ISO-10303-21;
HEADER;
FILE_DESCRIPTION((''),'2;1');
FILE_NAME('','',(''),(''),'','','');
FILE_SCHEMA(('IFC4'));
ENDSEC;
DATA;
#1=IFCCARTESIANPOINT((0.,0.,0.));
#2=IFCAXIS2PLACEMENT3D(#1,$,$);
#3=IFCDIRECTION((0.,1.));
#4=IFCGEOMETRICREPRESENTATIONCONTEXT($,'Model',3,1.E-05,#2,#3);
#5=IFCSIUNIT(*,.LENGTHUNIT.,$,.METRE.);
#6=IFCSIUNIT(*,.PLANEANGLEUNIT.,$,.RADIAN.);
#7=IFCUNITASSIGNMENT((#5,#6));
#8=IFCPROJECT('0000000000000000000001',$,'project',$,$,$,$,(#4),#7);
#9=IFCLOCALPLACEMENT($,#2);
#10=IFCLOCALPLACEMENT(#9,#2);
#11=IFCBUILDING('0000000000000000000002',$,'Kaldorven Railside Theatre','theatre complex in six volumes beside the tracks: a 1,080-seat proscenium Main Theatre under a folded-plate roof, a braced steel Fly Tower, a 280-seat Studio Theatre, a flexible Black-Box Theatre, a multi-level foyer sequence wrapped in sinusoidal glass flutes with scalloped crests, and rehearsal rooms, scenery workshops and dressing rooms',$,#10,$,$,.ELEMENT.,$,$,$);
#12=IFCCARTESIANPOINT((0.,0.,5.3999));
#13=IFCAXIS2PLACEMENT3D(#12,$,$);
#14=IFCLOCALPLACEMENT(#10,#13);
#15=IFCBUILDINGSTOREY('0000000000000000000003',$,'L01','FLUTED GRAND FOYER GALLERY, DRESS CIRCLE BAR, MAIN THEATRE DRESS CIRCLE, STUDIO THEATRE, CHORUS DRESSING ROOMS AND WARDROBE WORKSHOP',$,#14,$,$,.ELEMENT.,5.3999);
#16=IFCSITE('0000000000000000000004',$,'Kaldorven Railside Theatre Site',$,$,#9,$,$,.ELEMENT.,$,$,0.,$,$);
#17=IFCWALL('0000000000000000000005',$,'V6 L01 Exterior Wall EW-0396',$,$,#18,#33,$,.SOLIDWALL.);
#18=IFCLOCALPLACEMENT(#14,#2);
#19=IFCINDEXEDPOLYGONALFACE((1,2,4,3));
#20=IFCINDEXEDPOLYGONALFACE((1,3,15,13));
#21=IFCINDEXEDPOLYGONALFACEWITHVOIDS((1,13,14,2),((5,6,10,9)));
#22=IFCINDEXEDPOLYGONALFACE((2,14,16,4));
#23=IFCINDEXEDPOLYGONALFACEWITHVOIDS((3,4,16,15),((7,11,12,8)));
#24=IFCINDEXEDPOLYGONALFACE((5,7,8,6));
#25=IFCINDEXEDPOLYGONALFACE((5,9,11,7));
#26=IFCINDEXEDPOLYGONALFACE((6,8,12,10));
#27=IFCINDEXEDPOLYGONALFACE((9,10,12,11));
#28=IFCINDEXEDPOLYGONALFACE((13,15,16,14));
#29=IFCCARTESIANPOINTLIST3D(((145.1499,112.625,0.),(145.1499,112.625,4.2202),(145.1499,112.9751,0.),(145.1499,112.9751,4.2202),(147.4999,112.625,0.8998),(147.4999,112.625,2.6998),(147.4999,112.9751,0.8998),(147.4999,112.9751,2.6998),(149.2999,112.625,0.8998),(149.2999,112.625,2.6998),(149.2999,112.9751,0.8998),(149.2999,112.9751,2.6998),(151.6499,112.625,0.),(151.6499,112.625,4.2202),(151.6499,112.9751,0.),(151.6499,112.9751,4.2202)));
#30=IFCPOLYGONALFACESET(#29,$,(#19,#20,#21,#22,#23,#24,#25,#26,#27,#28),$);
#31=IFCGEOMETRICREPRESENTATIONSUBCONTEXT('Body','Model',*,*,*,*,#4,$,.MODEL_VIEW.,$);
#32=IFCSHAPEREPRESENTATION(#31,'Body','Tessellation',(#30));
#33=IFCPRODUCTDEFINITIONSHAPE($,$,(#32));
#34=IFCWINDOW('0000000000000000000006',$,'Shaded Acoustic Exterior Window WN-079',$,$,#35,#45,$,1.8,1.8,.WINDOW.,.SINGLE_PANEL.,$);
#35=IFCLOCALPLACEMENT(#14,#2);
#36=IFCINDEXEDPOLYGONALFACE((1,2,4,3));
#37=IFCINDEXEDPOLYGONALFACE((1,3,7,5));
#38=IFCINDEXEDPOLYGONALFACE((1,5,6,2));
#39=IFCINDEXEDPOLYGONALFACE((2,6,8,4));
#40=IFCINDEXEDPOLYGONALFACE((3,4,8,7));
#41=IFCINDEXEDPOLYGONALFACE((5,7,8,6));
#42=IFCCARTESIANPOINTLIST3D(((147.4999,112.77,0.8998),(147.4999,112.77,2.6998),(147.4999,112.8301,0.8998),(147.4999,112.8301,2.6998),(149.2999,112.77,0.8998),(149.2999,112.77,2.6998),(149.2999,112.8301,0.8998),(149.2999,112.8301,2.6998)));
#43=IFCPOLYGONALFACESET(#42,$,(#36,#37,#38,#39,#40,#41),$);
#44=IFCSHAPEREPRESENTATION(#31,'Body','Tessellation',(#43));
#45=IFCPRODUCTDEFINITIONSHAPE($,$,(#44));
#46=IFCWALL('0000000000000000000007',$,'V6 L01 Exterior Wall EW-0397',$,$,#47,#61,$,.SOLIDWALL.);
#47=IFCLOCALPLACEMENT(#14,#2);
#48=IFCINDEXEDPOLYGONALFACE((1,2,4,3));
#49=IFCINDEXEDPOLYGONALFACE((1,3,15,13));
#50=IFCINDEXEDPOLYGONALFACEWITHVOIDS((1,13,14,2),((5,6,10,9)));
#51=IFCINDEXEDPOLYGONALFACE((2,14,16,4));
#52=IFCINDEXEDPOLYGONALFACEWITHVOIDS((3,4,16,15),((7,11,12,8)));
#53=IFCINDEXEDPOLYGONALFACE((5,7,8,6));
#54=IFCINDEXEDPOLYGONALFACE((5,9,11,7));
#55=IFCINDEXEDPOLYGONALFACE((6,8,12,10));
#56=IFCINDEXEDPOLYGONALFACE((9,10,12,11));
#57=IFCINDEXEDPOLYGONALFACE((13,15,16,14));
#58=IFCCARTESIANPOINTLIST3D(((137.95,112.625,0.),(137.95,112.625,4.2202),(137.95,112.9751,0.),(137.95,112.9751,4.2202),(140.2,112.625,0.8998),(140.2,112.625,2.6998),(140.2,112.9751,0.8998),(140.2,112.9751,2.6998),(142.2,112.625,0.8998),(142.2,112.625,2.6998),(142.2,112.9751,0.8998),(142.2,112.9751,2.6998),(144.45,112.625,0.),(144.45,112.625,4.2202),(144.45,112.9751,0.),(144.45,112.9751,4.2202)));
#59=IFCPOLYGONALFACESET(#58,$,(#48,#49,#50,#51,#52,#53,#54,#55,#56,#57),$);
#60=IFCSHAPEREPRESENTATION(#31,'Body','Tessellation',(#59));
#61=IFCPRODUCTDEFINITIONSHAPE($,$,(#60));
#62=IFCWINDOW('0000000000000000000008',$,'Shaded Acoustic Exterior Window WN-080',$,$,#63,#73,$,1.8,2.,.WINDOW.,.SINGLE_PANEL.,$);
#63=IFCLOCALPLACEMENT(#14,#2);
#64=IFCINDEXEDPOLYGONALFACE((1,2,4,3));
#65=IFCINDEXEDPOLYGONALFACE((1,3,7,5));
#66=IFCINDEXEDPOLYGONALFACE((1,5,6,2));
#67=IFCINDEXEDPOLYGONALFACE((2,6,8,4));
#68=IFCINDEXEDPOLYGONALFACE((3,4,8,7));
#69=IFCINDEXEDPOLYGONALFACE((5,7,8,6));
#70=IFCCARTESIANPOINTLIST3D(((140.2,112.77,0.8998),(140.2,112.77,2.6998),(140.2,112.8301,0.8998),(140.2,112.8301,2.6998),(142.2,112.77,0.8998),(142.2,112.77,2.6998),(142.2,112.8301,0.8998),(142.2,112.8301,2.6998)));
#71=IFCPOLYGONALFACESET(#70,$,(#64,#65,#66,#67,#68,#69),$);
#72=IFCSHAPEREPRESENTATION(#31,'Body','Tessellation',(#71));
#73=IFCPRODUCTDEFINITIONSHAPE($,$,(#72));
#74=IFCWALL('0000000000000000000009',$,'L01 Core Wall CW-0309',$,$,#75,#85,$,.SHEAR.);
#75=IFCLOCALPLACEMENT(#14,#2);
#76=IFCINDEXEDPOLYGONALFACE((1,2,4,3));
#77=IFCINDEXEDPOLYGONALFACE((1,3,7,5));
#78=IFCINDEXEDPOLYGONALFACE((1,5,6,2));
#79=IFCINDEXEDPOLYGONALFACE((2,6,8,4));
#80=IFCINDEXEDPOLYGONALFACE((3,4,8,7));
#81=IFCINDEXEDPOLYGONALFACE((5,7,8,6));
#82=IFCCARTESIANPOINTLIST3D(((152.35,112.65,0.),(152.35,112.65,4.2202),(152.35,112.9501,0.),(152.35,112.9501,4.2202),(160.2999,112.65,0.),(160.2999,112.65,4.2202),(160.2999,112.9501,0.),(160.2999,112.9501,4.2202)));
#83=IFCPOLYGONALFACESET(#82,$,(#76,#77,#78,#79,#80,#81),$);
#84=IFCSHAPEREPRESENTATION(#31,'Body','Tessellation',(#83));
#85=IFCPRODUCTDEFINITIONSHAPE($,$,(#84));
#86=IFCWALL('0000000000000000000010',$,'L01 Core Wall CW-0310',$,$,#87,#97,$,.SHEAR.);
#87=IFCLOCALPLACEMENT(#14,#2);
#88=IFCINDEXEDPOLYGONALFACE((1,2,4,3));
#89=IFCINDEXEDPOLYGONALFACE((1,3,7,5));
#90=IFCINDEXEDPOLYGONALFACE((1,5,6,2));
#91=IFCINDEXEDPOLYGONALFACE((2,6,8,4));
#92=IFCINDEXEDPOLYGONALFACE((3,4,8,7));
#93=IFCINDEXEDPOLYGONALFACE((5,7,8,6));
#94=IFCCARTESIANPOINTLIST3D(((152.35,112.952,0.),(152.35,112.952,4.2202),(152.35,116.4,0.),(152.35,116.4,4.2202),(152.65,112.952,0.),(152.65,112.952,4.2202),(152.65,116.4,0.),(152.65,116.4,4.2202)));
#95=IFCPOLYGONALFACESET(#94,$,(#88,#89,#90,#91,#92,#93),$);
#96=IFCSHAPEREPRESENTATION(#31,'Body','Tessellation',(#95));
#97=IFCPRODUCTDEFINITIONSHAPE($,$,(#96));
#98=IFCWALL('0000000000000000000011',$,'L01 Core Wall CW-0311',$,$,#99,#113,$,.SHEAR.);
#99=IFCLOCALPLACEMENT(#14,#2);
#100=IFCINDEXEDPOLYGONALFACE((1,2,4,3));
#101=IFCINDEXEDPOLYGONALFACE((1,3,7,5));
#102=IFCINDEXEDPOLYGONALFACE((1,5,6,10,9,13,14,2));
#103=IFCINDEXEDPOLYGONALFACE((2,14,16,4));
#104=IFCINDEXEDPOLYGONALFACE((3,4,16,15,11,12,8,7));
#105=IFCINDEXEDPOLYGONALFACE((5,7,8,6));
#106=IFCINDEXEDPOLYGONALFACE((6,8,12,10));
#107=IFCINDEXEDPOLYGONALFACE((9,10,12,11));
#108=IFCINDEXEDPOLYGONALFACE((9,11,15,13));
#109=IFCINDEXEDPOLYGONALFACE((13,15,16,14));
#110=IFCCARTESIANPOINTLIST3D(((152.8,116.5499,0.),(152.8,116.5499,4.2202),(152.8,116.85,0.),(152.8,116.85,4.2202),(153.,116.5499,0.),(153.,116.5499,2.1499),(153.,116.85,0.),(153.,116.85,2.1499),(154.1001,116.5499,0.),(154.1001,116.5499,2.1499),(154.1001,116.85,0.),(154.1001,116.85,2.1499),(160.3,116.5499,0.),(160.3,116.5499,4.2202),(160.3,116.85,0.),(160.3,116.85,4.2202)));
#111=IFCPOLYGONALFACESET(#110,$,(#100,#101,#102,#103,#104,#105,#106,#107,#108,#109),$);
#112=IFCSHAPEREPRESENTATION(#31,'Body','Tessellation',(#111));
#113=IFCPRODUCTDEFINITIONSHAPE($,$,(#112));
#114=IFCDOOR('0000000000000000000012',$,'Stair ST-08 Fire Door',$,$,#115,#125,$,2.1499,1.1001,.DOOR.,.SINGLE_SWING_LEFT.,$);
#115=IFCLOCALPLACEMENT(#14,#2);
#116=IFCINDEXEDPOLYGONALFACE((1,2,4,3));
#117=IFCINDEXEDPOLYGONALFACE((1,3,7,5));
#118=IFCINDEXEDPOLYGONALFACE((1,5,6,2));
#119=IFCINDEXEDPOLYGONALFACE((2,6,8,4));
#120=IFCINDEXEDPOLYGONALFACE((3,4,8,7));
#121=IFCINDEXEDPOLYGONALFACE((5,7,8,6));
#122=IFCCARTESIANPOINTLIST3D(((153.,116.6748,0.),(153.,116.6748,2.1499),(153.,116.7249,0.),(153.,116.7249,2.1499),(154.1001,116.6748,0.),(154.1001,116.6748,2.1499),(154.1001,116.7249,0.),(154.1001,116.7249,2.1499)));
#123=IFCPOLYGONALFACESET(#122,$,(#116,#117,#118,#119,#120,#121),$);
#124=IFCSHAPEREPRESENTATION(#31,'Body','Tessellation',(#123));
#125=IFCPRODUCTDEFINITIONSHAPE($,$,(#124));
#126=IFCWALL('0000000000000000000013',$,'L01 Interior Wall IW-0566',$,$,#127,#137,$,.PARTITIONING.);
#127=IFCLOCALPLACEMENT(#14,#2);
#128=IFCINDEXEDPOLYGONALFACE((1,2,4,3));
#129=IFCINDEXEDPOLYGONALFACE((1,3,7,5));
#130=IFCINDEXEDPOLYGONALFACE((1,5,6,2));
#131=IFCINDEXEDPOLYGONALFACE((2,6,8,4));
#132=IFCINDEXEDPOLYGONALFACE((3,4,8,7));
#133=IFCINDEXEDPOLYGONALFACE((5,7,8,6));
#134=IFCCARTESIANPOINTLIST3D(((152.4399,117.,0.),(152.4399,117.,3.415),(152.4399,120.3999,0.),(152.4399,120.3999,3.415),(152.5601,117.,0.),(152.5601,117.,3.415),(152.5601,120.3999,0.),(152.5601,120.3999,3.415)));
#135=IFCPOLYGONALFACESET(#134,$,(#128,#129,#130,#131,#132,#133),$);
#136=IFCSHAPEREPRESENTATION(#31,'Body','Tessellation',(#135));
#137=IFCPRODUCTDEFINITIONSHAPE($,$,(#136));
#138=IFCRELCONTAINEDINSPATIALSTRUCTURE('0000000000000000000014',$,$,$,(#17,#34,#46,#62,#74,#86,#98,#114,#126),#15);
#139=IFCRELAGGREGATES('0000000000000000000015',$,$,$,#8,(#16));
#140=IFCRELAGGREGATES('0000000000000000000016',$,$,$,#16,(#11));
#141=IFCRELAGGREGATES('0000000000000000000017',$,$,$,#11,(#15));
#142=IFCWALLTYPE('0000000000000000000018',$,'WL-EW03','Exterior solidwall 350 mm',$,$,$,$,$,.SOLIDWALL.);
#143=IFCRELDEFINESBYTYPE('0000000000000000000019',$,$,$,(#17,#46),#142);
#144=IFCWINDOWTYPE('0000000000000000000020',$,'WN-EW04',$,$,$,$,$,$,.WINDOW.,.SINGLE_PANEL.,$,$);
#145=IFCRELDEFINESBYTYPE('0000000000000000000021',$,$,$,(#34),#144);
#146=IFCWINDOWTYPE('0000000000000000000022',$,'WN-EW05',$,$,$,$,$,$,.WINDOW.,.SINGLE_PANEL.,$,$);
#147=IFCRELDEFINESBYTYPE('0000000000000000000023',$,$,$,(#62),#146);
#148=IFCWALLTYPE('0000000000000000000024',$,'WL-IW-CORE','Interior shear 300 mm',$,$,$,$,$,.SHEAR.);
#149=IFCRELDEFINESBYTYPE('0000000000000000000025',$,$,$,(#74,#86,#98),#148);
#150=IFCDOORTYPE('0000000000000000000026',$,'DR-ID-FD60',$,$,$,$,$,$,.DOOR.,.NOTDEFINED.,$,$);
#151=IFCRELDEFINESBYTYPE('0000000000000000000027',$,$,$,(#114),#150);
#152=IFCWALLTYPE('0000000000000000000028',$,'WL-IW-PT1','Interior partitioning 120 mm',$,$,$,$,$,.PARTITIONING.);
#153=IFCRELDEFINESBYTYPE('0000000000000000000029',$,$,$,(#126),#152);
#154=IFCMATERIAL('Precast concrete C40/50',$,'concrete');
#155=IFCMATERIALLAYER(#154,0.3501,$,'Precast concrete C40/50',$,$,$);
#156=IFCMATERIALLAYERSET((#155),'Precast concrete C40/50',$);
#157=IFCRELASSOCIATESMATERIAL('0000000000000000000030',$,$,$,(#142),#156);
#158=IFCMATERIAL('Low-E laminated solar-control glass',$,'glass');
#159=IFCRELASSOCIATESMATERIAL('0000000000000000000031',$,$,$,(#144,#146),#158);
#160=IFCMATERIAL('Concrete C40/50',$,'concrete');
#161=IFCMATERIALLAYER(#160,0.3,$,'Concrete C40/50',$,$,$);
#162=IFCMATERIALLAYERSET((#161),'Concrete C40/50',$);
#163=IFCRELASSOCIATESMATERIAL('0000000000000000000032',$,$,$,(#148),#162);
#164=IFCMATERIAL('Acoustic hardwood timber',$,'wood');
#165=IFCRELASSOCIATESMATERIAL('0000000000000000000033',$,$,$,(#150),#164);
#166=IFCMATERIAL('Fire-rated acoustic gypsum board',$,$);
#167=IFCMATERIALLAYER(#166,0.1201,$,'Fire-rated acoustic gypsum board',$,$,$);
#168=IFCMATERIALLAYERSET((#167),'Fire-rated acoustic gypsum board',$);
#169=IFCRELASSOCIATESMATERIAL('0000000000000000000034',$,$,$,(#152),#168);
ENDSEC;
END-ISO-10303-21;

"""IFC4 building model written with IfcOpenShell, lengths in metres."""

from ifc_helpers import new_model, si_unit, direction, frame, frame_2d, origin, place, context, subcontext, project, spatial, rectangle, extrude, material, layer, layer_set, type_object, element, fill, save


model = new_model("IFC4")

# Units and contexts
model_context = context("Model", 3, precision=1e-05, world=origin(), true_north=direction((0.0, 1.0)))
body_context = subcontext(model_context, "Body", "Model", "MODEL_VIEW")
ifc_project = project(units=[si_unit("LENGTHUNIT", "METRE"), si_unit("PLANEANGLEUNIT", "RADIAN")], contexts=[model_context])

# Site, building, storey
site_placement = place(None, origin())
site = spatial("IfcSite", under=ifc_project, at=site_placement, Name="Kaldorven Railside Theatre Site", CompositionType="ELEMENT", RefElevation=0.0)
building_placement = place(site_placement, origin())
building = spatial("IfcBuilding", under=site, at=building_placement, Name="Kaldorven Railside Theatre", Description="theatre complex in six volumes beside the tracks: a 1,080-seat proscenium Main Theatre under a folded-plate roof, a braced steel Fly Tower, a 280-seat Studio Theatre, a flexible Black-Box Theatre, a multi-level foyer sequence wrapped in sinusoidal glass flutes with scalloped crests, and rehearsal rooms, scenery workshops and dressing rooms", CompositionType="ELEMENT")
storey_placement = place(building_placement, frame((0.0, 0.0, 5.3999)))
storey = spatial("IfcBuildingStorey", under=building, at=storey_placement, Name="L01", Description="FLUTED GRAND FOYER GALLERY, DRESS CIRCLE BAR, MAIN THEATRE DRESS CIRCLE, STUDIO THEATRE, CHORUS DRESSING ROOMS AND WARDROBE WORKSHOP", CompositionType="ELEMENT", Elevation=5.3999)

# Shared definitions
ifc_material_1 = material(Name="Concrete C40/50", Category="concrete")

# Walls, openings, windows
ifc_material_2 = material(Name="Precast concrete C40/50", Category="concrete")
ifc_layer_1 = layer(ifc_material_2, 0.3501, Name="Precast concrete C40/50")
ifc_layer_set_1 = layer_set([ifc_layer_1], Name="Precast concrete C40/50")
wall_type_1 = type_object("IfcWallType", Name="WL-EW03", Description="Exterior solidwall 350 mm", PredefinedType="SOLIDWALL", material=ifc_layer_set_1)
wall_1_placement = place(storey_placement, frame((151.6499, 112.8, 0.0), z_axis=(0.0, 0.0, 1.0), x_axis=(-1.0, 0.0, 0.0)))
wall_1 = element("IfcWall", 1, at=wall_1_placement, inside=storey, type_object=wall_type_1, Name="V6 L01 Exterior Wall EW-0396", PredefinedType="SOLIDWALL", context=body_context, shape_type="SweptSolid", body=[
    extrude(rectangle(XDim=6.5, YDim=0.3501, at=frame_2d((3.25, 0.0))), origin(), (0.0, 0.0, 1.0), 4.2202),
])
opening_1_placement = place(wall_1_placement, frame((2.3501, 0.0, 0.8999)))
opening_1 = element("IfcOpeningElement", 2, at=opening_1_placement, cuts=wall_1, PredefinedType="OPENING", context=body_context, shape_type="SweptSolid", body=[
    extrude(rectangle(XDim=1.8, YDim=1.8, at=frame_2d((0.8999, 0.8999))), frame((0.0, 0.1851, 0.0), z_axis=(0.0, -1.0, 0.0), x_axis=(1.0, 0.0, 0.0)), (0.0, 0.0, 1.0), 0.3701),
])
ifc_material_3 = material(Name="Low-E laminated solar-control glass", Category="glass")
window_type_1 = type_object("IfcWindowType", Name="WN-EW04", PartitioningType="SINGLE_PANEL", PredefinedType="WINDOW", material=ifc_material_3)
window_1_placement = place(opening_1_placement, origin())
window_1 = element("IfcWindow", 3, at=window_1_placement, inside=storey, type_object=window_type_1, Name="Shaded Acoustic Exterior Window WN-079", OverallHeight=1.8, OverallWidth=1.8, PartitioningType="SINGLE_PANEL", PredefinedType="WINDOW", context=body_context, shape_type="SweptSolid", body=[
    extrude(rectangle(XDim=1.8, YDim=1.8, at=frame_2d((0.8999, 0.8999))), frame((0.0, 0.03, 0.0), z_axis=(0.0, -1.0, 0.0), x_axis=(1.0, 0.0, 0.0)), (0.0, 0.0, 1.0), 0.0601),
])
fill(opening_1, window_1)
wall_2_placement = place(storey_placement, frame((144.45, 112.8, 0.0), z_axis=(0.0, 0.0, 1.0), x_axis=(-1.0, 0.0, 0.0)))
wall_2 = element("IfcWall", 4, at=wall_2_placement, inside=storey, type_object=wall_type_1, Name="V6 L01 Exterior Wall EW-0397", PredefinedType="SOLIDWALL", context=body_context, shape_type="SweptSolid", body=[
    extrude(rectangle(XDim=6.5, YDim=0.3501, at=frame_2d((3.25, 0.0))), origin(), (0.0, 0.0, 1.0), 4.2202),
])
opening_2_placement = place(wall_2_placement, frame((2.25, 0.0, 0.8999)))
opening_2 = element("IfcOpeningElement", 5, at=opening_2_placement, cuts=wall_2, PredefinedType="OPENING", context=body_context, shape_type="SweptSolid", body=[
    extrude(rectangle(XDim=2.0, YDim=1.8, at=frame_2d((1.0, 0.8999))), frame((0.0, 0.1851, 0.0), z_axis=(0.0, -1.0, 0.0), x_axis=(1.0, 0.0, 0.0)), (0.0, 0.0, 1.0), 0.3701),
])
window_type_2 = type_object("IfcWindowType", Name="WN-EW05", PartitioningType="SINGLE_PANEL", PredefinedType="WINDOW", material=ifc_material_3)
window_2_placement = place(opening_2_placement, origin())
window_2 = element("IfcWindow", 6, at=window_2_placement, inside=storey, type_object=window_type_2, Name="Shaded Acoustic Exterior Window WN-080", OverallHeight=1.8, OverallWidth=2.0, PartitioningType="SINGLE_PANEL", PredefinedType="WINDOW", context=body_context, shape_type="SweptSolid", body=[
    extrude(rectangle(XDim=2.0, YDim=1.8, at=frame_2d((1.0, 0.8999))), frame((0.0, 0.03, 0.0), z_axis=(0.0, -1.0, 0.0), x_axis=(1.0, 0.0, 0.0)), (0.0, 0.0, 1.0), 0.0601),
])
fill(opening_2, window_2)

# Walls
ifc_layer_2 = layer(ifc_material_1, 0.3, Name="Concrete C40/50")
ifc_layer_set_2 = layer_set([ifc_layer_2], Name="Concrete C40/50")
wall_type_2 = type_object("IfcWallType", Name="WL-IW-CORE", Description="Interior shear 300 mm", PredefinedType="SHEAR", material=ifc_layer_set_2)
wall_3_placement = place(storey_placement, frame((160.3, 112.8, 0.0), z_axis=(0.0, 0.0, 1.0), x_axis=(-1.0, 0.0, 0.0)))
element("IfcWall", 7, at=wall_3_placement, inside=storey, type_object=wall_type_2, Name="L01 Core Wall CW-0309", PredefinedType="SHEAR", context=body_context, shape_type="SweptSolid", body=[
    extrude(rectangle(XDim=7.95, YDim=0.3, at=frame_2d((3.9751, 0.0))), origin(), (0.0, 0.0, 1.0), 4.2202),
])
wall_4_placement = place(storey_placement, frame((152.5, 112.9519, 0.0), z_axis=(0.0, 0.0, 1.0), x_axis=(0.0, 1.0, 0.0)))
element("IfcWall", 8, at=wall_4_placement, inside=storey, type_object=wall_type_2, Name="L01 Core Wall CW-0310", PredefinedType="SHEAR", context=body_context, shape_type="SweptSolid", body=[
    extrude(rectangle(XDim=3.448, YDim=0.3, at=frame_2d((1.7241, 0.0))), origin(), (0.0, 0.0, 1.0), 4.2202),
])

# Wall, opening, door
wall_5_placement = place(storey_placement, frame((152.8, 116.7, 0.0), z_axis=(0.0, 0.0, 1.0), x_axis=(1.0, 0.0, 0.0)))
wall_5 = element("IfcWall", 9, at=wall_5_placement, inside=storey, type_object=wall_type_2, Name="L01 Core Wall CW-0311", PredefinedType="SHEAR", context=body_context, shape_type="SweptSolid", body=[
    extrude(rectangle(XDim=7.5, YDim=0.3, at=frame_2d((3.75, 0.0))), origin(), (0.0, 0.0, 1.0), 4.2202),
])
opening_3_placement = place(wall_5_placement, frame((0.2, 0.0, 0.0)))
opening_3 = element("IfcOpeningElement", 10, at=opening_3_placement, cuts=wall_5, PredefinedType="OPENING", context=body_context, shape_type="SweptSolid", body=[
    extrude(rectangle(XDim=1.1001, YDim=2.1499, at=frame_2d((0.55, 1.075))), frame((0.0, 0.1602, 0.0), z_axis=(0.0, -1.0, 0.0), x_axis=(1.0, 0.0, 0.0)), (0.0, 0.0, 1.0), 0.3201),
])
ifc_material_4 = material(Name="Acoustic hardwood timber", Category="wood")
door_type = type_object("IfcDoorType", Name="DR-ID-FD60", OperationType="NOTDEFINED", PredefinedType="DOOR", material=ifc_material_4)
door_placement = place(opening_3_placement, origin())
door = element("IfcDoor", 11, at=door_placement, inside=storey, type_object=door_type, Name="Stair ST-08 Fire Door", OperationType="SINGLE_SWING_LEFT", OverallHeight=2.1499, OverallWidth=1.1001, PredefinedType="DOOR", context=body_context, shape_type="SweptSolid", body=[
    extrude(rectangle(XDim=1.1001, YDim=2.1499, at=frame_2d((0.55, 1.075))), frame((0.0, 0.0249, 0.0), z_axis=(0.0, -1.0, 0.0), x_axis=(1.0, 0.0, 0.0)), (0.0, 0.0, 1.0), 0.05),
])
fill(opening_3, door)

# Wall
ifc_material_5 = material(Name="Fire-rated acoustic gypsum board")
ifc_layer_3 = layer(ifc_material_5, 0.1201, Name="Fire-rated acoustic gypsum board")
ifc_layer_set_3 = layer_set([ifc_layer_3], Name="Fire-rated acoustic gypsum board")
wall_type_3 = type_object("IfcWallType", Name="WL-IW-PT1", Description="Interior partitioning 120 mm", PredefinedType="PARTITIONING", material=ifc_layer_set_3)
wall_6_placement = place(storey_placement, frame((152.5, 117.0, 0.0), z_axis=(0.0, 0.0, 1.0), x_axis=(0.0, 1.0, 0.0)))
element("IfcWall", 12, at=wall_6_placement, inside=storey, type_object=wall_type_3, Name="L01 Interior Wall IW-0566", PredefinedType="PARTITIONING", context=body_context, shape_type="SweptSolid", body=[
    extrude(rectangle(XDim=3.3999, YDim=0.1201, at=frame_2d((1.7, 0.0))), origin(), (0.0, 0.0, 1.0), 3.415),
])

save(model, "model.ifc")
